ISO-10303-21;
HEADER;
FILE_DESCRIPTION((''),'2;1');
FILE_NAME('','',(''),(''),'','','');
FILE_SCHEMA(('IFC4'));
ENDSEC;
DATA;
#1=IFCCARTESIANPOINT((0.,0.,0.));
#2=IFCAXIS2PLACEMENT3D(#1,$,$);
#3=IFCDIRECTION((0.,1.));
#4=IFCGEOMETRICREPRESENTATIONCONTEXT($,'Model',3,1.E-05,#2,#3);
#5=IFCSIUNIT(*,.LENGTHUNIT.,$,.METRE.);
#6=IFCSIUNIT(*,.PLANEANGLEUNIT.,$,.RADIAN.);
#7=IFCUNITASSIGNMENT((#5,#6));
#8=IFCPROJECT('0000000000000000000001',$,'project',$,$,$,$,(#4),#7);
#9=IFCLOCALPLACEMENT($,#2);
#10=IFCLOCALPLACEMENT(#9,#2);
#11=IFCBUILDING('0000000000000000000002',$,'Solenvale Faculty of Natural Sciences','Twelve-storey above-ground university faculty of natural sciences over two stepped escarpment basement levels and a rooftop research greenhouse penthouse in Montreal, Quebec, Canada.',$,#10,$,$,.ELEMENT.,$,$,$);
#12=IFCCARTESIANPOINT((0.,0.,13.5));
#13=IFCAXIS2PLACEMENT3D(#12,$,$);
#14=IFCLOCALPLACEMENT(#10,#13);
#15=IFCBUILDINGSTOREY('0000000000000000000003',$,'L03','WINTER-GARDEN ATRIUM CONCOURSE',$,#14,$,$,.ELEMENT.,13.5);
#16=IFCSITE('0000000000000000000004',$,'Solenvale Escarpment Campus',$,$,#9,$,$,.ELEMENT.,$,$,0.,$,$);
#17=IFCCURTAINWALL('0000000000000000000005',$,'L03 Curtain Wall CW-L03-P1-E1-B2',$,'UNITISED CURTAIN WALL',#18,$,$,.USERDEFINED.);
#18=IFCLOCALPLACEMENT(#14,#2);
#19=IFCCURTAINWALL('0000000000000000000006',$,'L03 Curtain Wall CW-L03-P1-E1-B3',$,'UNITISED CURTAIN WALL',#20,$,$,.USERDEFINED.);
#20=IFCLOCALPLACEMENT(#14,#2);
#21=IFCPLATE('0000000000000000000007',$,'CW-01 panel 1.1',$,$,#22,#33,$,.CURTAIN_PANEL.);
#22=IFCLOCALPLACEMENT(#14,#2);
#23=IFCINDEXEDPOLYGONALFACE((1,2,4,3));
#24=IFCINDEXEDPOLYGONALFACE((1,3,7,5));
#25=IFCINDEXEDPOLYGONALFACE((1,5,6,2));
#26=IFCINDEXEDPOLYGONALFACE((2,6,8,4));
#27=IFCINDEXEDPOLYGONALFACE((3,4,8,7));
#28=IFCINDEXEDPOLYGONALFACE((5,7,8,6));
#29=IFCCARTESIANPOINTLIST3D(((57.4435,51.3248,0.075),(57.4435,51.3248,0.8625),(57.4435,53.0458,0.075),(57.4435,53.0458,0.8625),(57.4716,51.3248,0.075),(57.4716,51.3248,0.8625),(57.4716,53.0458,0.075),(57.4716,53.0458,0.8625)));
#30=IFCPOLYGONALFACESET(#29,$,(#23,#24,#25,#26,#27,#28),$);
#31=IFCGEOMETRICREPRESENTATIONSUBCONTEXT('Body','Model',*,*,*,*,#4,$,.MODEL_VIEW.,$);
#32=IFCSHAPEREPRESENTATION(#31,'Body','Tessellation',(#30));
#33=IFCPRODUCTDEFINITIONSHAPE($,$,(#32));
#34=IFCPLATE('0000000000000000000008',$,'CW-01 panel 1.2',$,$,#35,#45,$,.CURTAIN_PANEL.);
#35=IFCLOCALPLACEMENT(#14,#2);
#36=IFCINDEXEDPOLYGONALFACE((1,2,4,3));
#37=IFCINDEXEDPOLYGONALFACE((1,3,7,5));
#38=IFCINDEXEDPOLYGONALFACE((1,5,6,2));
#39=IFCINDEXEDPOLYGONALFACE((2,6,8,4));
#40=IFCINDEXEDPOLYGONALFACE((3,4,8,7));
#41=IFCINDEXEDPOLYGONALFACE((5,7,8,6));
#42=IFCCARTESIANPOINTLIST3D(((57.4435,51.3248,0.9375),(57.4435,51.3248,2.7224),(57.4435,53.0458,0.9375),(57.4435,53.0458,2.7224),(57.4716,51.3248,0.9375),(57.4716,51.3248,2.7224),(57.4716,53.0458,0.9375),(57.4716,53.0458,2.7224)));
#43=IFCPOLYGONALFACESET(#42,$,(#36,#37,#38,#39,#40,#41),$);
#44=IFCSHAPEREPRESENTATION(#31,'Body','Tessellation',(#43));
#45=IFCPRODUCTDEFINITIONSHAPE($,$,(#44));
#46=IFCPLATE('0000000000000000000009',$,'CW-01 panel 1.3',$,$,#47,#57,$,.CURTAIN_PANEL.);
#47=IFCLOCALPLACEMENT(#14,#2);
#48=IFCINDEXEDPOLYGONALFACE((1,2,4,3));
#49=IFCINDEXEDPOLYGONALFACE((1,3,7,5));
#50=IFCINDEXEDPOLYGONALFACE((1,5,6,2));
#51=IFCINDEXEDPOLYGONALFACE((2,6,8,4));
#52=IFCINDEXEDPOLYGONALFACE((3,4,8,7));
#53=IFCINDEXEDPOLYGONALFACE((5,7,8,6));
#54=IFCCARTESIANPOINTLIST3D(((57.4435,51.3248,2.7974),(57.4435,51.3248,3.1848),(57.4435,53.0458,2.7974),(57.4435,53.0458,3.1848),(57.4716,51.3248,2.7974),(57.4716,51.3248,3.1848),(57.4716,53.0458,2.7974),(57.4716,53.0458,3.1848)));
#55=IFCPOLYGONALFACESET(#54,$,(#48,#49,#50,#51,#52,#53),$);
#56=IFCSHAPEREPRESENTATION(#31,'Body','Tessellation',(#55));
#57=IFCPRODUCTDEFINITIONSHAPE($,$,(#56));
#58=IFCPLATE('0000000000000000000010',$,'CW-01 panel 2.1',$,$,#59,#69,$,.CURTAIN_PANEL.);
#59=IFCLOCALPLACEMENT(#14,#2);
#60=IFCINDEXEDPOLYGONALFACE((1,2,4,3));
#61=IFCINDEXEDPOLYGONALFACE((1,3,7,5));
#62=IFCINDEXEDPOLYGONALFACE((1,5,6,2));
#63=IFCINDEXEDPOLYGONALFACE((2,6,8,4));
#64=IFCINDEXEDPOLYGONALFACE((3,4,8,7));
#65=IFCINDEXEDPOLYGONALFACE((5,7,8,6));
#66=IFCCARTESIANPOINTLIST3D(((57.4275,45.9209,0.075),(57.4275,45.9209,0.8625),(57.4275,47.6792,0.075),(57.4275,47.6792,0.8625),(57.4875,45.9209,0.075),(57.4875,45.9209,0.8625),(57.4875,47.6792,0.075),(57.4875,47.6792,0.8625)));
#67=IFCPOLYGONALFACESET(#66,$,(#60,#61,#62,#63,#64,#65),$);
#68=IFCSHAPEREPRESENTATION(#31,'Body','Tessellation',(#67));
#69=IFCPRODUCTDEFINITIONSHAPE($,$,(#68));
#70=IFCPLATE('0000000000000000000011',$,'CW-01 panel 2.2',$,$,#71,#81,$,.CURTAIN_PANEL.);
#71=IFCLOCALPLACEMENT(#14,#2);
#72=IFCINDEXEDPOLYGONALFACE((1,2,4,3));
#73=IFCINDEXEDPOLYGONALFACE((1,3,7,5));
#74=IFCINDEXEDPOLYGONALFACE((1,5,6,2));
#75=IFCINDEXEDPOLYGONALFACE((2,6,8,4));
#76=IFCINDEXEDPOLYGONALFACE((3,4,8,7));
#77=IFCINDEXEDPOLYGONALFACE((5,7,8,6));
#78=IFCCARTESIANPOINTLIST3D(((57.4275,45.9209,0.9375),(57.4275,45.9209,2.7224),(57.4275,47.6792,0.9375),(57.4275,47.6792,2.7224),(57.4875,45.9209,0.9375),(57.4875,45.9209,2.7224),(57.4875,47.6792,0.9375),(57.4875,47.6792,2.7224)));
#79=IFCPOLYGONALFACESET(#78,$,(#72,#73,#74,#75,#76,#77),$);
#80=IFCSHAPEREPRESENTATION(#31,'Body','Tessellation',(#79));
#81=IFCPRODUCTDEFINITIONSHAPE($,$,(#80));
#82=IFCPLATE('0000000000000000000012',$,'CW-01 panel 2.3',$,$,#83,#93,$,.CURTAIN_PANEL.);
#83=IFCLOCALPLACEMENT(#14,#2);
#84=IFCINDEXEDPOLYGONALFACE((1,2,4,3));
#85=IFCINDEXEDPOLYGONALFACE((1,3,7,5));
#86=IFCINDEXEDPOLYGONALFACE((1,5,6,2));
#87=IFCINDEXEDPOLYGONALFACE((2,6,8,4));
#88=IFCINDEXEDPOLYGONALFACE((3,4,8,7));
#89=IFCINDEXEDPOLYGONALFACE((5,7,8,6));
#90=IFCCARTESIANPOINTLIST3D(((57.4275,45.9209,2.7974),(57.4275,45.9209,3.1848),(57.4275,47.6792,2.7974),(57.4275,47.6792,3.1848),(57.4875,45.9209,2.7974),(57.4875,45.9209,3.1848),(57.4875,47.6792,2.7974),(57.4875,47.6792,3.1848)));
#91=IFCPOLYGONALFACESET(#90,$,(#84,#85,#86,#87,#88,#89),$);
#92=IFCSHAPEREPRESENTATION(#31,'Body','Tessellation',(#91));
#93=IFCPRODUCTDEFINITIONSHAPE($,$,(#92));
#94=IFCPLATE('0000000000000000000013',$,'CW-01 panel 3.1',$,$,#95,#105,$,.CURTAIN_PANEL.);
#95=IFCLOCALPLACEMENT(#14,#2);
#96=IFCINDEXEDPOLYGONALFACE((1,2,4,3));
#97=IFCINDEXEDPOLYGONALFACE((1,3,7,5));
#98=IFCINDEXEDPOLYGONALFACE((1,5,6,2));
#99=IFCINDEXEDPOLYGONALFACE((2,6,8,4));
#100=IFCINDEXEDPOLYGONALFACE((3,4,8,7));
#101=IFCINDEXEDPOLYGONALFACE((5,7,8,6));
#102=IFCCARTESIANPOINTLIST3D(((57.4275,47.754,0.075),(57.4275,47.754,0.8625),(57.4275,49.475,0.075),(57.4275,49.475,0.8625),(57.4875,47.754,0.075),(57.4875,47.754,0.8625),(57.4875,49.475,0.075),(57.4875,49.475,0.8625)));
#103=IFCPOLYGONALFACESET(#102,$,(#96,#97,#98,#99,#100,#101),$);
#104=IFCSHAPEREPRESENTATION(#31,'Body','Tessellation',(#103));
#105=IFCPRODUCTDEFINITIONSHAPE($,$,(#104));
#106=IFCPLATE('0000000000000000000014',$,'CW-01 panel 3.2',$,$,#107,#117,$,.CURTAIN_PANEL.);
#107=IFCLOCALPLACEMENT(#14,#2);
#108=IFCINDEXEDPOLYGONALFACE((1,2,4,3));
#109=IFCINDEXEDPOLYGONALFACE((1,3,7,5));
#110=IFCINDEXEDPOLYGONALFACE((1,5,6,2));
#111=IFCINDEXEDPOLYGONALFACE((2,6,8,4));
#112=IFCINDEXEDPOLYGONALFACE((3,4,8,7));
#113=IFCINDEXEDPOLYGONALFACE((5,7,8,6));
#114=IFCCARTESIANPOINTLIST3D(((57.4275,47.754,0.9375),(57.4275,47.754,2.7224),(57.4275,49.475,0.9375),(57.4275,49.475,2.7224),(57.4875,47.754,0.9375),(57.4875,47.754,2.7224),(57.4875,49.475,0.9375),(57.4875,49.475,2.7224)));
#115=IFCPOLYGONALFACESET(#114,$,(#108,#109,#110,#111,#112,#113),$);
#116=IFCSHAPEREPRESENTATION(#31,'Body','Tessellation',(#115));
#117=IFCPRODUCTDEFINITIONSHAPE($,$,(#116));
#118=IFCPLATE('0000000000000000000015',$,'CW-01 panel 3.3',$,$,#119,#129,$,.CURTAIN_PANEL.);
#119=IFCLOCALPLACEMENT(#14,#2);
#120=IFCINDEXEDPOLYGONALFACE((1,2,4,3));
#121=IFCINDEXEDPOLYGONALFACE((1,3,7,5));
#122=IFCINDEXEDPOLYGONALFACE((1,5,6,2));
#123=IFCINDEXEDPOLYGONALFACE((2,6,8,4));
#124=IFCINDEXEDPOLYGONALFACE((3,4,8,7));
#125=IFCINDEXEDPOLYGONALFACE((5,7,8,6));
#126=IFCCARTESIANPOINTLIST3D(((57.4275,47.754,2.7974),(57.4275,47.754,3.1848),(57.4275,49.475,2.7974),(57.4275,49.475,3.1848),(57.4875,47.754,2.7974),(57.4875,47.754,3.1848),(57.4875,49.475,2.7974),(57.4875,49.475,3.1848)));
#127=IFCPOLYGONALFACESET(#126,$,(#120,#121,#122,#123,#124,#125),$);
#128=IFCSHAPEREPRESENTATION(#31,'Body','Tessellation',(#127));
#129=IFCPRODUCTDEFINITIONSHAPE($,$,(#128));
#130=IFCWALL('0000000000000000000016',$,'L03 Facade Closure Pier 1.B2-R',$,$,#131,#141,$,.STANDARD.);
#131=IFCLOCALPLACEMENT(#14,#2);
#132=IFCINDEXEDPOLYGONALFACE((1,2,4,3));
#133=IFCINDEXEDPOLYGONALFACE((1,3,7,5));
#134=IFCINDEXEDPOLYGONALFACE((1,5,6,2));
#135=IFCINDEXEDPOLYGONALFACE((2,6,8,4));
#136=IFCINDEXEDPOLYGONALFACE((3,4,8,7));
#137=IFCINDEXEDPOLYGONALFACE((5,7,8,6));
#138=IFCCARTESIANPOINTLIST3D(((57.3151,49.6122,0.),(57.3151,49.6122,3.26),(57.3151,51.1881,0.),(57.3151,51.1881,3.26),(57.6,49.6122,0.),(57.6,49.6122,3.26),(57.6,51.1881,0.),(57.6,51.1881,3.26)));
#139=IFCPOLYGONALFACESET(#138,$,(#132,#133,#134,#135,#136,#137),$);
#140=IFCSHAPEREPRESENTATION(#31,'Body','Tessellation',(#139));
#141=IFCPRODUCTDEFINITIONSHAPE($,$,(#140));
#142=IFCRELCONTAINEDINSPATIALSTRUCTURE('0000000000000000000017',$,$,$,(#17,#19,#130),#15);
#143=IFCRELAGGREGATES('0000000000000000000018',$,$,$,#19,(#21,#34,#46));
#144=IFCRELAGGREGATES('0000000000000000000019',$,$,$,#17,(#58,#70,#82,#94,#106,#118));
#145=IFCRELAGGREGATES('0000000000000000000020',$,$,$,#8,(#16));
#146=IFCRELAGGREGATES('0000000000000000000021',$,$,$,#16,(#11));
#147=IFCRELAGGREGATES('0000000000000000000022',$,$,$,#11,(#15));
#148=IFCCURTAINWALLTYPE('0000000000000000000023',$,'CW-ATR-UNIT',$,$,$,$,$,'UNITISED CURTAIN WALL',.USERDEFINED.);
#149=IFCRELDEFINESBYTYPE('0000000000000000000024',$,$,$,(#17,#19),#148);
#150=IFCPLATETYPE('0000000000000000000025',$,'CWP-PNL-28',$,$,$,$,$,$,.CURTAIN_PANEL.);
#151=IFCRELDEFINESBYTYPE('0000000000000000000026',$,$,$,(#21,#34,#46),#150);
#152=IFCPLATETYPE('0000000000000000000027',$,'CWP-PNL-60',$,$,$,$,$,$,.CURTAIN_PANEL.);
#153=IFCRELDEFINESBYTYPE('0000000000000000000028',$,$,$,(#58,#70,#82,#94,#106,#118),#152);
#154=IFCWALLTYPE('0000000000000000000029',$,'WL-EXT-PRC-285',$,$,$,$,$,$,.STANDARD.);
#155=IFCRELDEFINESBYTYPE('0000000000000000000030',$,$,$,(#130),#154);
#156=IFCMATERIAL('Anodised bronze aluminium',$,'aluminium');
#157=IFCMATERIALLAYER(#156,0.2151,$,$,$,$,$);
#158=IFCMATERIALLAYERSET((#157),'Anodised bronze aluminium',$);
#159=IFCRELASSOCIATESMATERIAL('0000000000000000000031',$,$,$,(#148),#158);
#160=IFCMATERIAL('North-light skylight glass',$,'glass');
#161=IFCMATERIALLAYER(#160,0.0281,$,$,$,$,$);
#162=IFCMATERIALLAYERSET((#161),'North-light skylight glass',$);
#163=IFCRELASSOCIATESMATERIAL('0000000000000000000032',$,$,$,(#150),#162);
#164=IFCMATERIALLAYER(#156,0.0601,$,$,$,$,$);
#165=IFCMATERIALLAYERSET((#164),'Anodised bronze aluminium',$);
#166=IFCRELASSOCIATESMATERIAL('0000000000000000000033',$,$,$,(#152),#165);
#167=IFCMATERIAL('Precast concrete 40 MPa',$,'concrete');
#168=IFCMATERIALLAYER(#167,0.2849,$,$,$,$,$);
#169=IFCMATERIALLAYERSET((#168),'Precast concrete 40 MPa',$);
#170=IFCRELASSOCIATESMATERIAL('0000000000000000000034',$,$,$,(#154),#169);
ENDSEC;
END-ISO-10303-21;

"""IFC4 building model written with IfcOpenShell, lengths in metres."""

from ifc_helpers import new_model, si_unit, direction, frame, frame_2d, origin, origin_2d, place, context, subcontext, project, spatial, rectangle, extrude, material, layer, layer_set, type_object, element, aggregate, save


model = new_model("IFC4")

# Units and contexts
model_context = context("Model", 3, precision=1e-05, world=origin(), true_north=direction((0.0, 1.0)))
body_context = subcontext(model_context, "Body", "Model", "MODEL_VIEW")
ifc_project = project(units=[si_unit("LENGTHUNIT", "METRE"), si_unit("PLANEANGLEUNIT", "RADIAN")], contexts=[model_context])

# Site, building, storey
site_placement = place(None, origin())
site = spatial("IfcSite", under=ifc_project, at=site_placement, Name="Solenvale Escarpment Campus", CompositionType="ELEMENT", RefElevation=0.0)
building_placement = place(site_placement, origin())
building = spatial("IfcBuilding", under=site, at=building_placement, Name="Solenvale Faculty of Natural Sciences", Description="Twelve-storey above-ground university faculty of natural sciences over two stepped escarpment basement levels and a rooftop research greenhouse penthouse in Montreal, Quebec, Canada.", CompositionType="ELEMENT")
storey_placement = place(building_placement, frame((0.0, 0.0, 13.5)))
storey = spatial("IfcBuildingStorey", under=building, at=storey_placement, Name="L03", Description="WINTER-GARDEN ATRIUM CONCOURSE", CompositionType="ELEMENT", Elevation=13.5)

# Curtain walls
ifc_material_1 = material(Name="Anodised bronze aluminium", Category="aluminium")
ifc_layer_1 = layer(ifc_material_1, 0.2151)
ifc_layer_set_1 = layer_set([ifc_layer_1], Name="Anodised bronze aluminium")
curtain_wall_type = type_object("IfcCurtainWallType", Name="CW-ATR-UNIT", ElementType="UNITISED CURTAIN WALL", PredefinedType="USERDEFINED", material=ifc_layer_set_1)
curtain_wall_1_placement = place(storey_placement, origin())
curtain_wall_1 = element("IfcCurtainWall", 1, at=curtain_wall_1_placement, inside=storey, type_object=curtain_wall_type, Name="L03 Curtain Wall CW-L03-P1-E1-B2", ObjectType="UNITISED CURTAIN WALL", PredefinedType="USERDEFINED")
curtain_wall_2_placement = place(storey_placement, origin())
curtain_wall_2 = element("IfcCurtainWall", 2, at=curtain_wall_2_placement, inside=storey, type_object=curtain_wall_type, Name="L03 Curtain Wall CW-L03-P1-E1-B3", ObjectType="UNITISED CURTAIN WALL", PredefinedType="USERDEFINED")

# Plates
ifc_material_2 = material(Name="North-light skylight glass", Category="glass")
ifc_layer_2 = layer(ifc_material_2, 0.0281)
ifc_layer_set_2 = layer_set([ifc_layer_2], Name="North-light skylight glass")
plate_type_1 = type_object("IfcPlateType", Name="CWP-PNL-28", PredefinedType="CURTAIN_PANEL", material=ifc_layer_set_2)
plate_1_placement = place(storey_placement, frame((57.4575, 52.1853, 0.075), z_axis=(0.0, 0.0, 1.0), x_axis=(0.0, 1.0, 0.0)))
plate_1 = element("IfcPlate", 3, at=plate_1_placement, type_object=plate_type_1, Name="CW-01 panel 1.1", PredefinedType="CURTAIN_PANEL", context=body_context, shape_type="SweptSolid", body=[
    extrude(rectangle(XDim=1.7209, YDim=0.0281, at=origin_2d()), origin(), (0.0, 0.0, 1.0), 0.7876),
])
plate_2_placement = place(storey_placement, frame((57.4575, 52.1853, 0.9375), z_axis=(0.0, 0.0, 1.0), x_axis=(0.0, 1.0, 0.0)))
plate_2 = element("IfcPlate", 4, at=plate_2_placement, type_object=plate_type_1, Name="CW-01 panel 1.2", PredefinedType="CURTAIN_PANEL", context=body_context, shape_type="SweptSolid", body=[
    extrude(rectangle(XDim=1.7209, YDim=0.0281, at=origin_2d()), origin(), (0.0, 0.0, 1.0), 1.7849),
])
plate_3_placement = place(storey_placement, frame((57.4575, 52.1853, 2.7974), z_axis=(0.0, 0.0, 1.0), x_axis=(0.0, 1.0, 0.0)))
plate_3 = element("IfcPlate", 5, at=plate_3_placement, type_object=plate_type_1, Name="CW-01 panel 1.3", PredefinedType="CURTAIN_PANEL", context=body_context, shape_type="SweptSolid", body=[
    extrude(rectangle(XDim=1.7209, YDim=0.0281, at=origin_2d()), origin(), (0.0, 0.0, 1.0), 0.3875),
])
aggregate(curtain_wall_2, [plate_1, plate_2, plate_3])
ifc_layer_3 = layer(ifc_material_1, 0.0601)
ifc_layer_set_3 = layer_set([ifc_layer_3], Name="Anodised bronze aluminium")
plate_type_2 = type_object("IfcPlateType", Name="CWP-PNL-60", PredefinedType="CURTAIN_PANEL", material=ifc_layer_set_3)
plate_4_placement = place(storey_placement, frame((57.4575, 46.8, 0.075), z_axis=(0.0, 0.0, 1.0), x_axis=(0.0, 1.0, 0.0)))
plate_4 = element("IfcPlate", 6, at=plate_4_placement, type_object=plate_type_2, Name="CW-01 panel 2.1", PredefinedType="CURTAIN_PANEL", context=body_context, shape_type="SweptSolid", body=[
    extrude(rectangle(XDim=1.7583, YDim=0.0601, at=origin_2d()), origin(), (0.0, 0.0, 1.0), 0.7876),
])
plate_5_placement = place(storey_placement, frame((57.4575, 46.8, 0.9375), z_axis=(0.0, 0.0, 1.0), x_axis=(0.0, 1.0, 0.0)))
plate_5 = element("IfcPlate", 7, at=plate_5_placement, type_object=plate_type_2, Name="CW-01 panel 2.2", PredefinedType="CURTAIN_PANEL", context=body_context, shape_type="SweptSolid", body=[
    extrude(rectangle(XDim=1.7583, YDim=0.0601, at=origin_2d()), origin(), (0.0, 0.0, 1.0), 1.7849),
])
plate_6_placement = place(storey_placement, frame((57.4575, 46.8, 2.7974), z_axis=(0.0, 0.0, 1.0), x_axis=(0.0, 1.0, 0.0)))
plate_6 = element("IfcPlate", 8, at=plate_6_placement, type_object=plate_type_2, Name="CW-01 panel 2.3", PredefinedType="CURTAIN_PANEL", context=body_context, shape_type="SweptSolid", body=[
    extrude(rectangle(XDim=1.7583, YDim=0.0601, at=origin_2d()), origin(), (0.0, 0.0, 1.0), 0.3875),
])
plate_7_placement = place(storey_placement, frame((57.4575, 48.6145, 0.075), z_axis=(0.0, 0.0, 1.0), x_axis=(0.0, 1.0, 0.0)))
plate_7 = element("IfcPlate", 9, at=plate_7_placement, type_object=plate_type_2, Name="CW-01 panel 3.1", PredefinedType="CURTAIN_PANEL", context=body_context, shape_type="SweptSolid", body=[
    extrude(rectangle(XDim=1.7209, YDim=0.0601, at=origin_2d()), origin(), (0.0, 0.0, 1.0), 0.7876),
])
plate_8_placement = place(storey_placement, frame((57.4575, 48.6145, 0.9375), z_axis=(0.0, 0.0, 1.0), x_axis=(0.0, 1.0, 0.0)))
plate_8 = element("IfcPlate", 10, at=plate_8_placement, type_object=plate_type_2, Name="CW-01 panel 3.2", PredefinedType="CURTAIN_PANEL", context=body_context, shape_type="SweptSolid", body=[
    extrude(rectangle(XDim=1.7209, YDim=0.0601, at=origin_2d()), origin(), (0.0, 0.0, 1.0), 1.7849),
])
plate_9_placement = place(storey_placement, frame((57.4575, 48.6145, 2.7974), z_axis=(0.0, 0.0, 1.0), x_axis=(0.0, 1.0, 0.0)))
plate_9 = element("IfcPlate", 11, at=plate_9_placement, type_object=plate_type_2, Name="CW-01 panel 3.3", PredefinedType="CURTAIN_PANEL", context=body_context, shape_type="SweptSolid", body=[
    extrude(rectangle(XDim=1.7209, YDim=0.0601, at=origin_2d()), origin(), (0.0, 0.0, 1.0), 0.3875),
])
aggregate(curtain_wall_1, [plate_4, plate_5, plate_6, plate_7, plate_8, plate_9])

# Wall
ifc_material_3 = material(Name="Precast concrete 40 MPa", Category="concrete")
ifc_layer_4 = layer(ifc_material_3, 0.2849)
ifc_layer_set_4 = layer_set([ifc_layer_4], Name="Precast concrete 40 MPa")
wall_type = type_object("IfcWallType", Name="WL-EXT-PRC-285", PredefinedType="STANDARD", material=ifc_layer_set_4)
wall_placement = place(storey_placement, frame((57.4575, 49.6121, 0.0), z_axis=(0.0, 0.0, 1.0), x_axis=(0.0, 1.0, 0.0)))
element("IfcWall", 12, at=wall_placement, inside=storey, type_object=wall_type, Name="L03 Facade Closure Pier 1.B2-R", PredefinedType="STANDARD", context=body_context, shape_type="SweptSolid", body=[
    extrude(rectangle(XDim=1.5759, YDim=0.2849, at=frame_2d((0.7881, 0.0))), origin(), (0.0, 0.0, 1.0), 3.26),
])

save(model, "model.ifc")
